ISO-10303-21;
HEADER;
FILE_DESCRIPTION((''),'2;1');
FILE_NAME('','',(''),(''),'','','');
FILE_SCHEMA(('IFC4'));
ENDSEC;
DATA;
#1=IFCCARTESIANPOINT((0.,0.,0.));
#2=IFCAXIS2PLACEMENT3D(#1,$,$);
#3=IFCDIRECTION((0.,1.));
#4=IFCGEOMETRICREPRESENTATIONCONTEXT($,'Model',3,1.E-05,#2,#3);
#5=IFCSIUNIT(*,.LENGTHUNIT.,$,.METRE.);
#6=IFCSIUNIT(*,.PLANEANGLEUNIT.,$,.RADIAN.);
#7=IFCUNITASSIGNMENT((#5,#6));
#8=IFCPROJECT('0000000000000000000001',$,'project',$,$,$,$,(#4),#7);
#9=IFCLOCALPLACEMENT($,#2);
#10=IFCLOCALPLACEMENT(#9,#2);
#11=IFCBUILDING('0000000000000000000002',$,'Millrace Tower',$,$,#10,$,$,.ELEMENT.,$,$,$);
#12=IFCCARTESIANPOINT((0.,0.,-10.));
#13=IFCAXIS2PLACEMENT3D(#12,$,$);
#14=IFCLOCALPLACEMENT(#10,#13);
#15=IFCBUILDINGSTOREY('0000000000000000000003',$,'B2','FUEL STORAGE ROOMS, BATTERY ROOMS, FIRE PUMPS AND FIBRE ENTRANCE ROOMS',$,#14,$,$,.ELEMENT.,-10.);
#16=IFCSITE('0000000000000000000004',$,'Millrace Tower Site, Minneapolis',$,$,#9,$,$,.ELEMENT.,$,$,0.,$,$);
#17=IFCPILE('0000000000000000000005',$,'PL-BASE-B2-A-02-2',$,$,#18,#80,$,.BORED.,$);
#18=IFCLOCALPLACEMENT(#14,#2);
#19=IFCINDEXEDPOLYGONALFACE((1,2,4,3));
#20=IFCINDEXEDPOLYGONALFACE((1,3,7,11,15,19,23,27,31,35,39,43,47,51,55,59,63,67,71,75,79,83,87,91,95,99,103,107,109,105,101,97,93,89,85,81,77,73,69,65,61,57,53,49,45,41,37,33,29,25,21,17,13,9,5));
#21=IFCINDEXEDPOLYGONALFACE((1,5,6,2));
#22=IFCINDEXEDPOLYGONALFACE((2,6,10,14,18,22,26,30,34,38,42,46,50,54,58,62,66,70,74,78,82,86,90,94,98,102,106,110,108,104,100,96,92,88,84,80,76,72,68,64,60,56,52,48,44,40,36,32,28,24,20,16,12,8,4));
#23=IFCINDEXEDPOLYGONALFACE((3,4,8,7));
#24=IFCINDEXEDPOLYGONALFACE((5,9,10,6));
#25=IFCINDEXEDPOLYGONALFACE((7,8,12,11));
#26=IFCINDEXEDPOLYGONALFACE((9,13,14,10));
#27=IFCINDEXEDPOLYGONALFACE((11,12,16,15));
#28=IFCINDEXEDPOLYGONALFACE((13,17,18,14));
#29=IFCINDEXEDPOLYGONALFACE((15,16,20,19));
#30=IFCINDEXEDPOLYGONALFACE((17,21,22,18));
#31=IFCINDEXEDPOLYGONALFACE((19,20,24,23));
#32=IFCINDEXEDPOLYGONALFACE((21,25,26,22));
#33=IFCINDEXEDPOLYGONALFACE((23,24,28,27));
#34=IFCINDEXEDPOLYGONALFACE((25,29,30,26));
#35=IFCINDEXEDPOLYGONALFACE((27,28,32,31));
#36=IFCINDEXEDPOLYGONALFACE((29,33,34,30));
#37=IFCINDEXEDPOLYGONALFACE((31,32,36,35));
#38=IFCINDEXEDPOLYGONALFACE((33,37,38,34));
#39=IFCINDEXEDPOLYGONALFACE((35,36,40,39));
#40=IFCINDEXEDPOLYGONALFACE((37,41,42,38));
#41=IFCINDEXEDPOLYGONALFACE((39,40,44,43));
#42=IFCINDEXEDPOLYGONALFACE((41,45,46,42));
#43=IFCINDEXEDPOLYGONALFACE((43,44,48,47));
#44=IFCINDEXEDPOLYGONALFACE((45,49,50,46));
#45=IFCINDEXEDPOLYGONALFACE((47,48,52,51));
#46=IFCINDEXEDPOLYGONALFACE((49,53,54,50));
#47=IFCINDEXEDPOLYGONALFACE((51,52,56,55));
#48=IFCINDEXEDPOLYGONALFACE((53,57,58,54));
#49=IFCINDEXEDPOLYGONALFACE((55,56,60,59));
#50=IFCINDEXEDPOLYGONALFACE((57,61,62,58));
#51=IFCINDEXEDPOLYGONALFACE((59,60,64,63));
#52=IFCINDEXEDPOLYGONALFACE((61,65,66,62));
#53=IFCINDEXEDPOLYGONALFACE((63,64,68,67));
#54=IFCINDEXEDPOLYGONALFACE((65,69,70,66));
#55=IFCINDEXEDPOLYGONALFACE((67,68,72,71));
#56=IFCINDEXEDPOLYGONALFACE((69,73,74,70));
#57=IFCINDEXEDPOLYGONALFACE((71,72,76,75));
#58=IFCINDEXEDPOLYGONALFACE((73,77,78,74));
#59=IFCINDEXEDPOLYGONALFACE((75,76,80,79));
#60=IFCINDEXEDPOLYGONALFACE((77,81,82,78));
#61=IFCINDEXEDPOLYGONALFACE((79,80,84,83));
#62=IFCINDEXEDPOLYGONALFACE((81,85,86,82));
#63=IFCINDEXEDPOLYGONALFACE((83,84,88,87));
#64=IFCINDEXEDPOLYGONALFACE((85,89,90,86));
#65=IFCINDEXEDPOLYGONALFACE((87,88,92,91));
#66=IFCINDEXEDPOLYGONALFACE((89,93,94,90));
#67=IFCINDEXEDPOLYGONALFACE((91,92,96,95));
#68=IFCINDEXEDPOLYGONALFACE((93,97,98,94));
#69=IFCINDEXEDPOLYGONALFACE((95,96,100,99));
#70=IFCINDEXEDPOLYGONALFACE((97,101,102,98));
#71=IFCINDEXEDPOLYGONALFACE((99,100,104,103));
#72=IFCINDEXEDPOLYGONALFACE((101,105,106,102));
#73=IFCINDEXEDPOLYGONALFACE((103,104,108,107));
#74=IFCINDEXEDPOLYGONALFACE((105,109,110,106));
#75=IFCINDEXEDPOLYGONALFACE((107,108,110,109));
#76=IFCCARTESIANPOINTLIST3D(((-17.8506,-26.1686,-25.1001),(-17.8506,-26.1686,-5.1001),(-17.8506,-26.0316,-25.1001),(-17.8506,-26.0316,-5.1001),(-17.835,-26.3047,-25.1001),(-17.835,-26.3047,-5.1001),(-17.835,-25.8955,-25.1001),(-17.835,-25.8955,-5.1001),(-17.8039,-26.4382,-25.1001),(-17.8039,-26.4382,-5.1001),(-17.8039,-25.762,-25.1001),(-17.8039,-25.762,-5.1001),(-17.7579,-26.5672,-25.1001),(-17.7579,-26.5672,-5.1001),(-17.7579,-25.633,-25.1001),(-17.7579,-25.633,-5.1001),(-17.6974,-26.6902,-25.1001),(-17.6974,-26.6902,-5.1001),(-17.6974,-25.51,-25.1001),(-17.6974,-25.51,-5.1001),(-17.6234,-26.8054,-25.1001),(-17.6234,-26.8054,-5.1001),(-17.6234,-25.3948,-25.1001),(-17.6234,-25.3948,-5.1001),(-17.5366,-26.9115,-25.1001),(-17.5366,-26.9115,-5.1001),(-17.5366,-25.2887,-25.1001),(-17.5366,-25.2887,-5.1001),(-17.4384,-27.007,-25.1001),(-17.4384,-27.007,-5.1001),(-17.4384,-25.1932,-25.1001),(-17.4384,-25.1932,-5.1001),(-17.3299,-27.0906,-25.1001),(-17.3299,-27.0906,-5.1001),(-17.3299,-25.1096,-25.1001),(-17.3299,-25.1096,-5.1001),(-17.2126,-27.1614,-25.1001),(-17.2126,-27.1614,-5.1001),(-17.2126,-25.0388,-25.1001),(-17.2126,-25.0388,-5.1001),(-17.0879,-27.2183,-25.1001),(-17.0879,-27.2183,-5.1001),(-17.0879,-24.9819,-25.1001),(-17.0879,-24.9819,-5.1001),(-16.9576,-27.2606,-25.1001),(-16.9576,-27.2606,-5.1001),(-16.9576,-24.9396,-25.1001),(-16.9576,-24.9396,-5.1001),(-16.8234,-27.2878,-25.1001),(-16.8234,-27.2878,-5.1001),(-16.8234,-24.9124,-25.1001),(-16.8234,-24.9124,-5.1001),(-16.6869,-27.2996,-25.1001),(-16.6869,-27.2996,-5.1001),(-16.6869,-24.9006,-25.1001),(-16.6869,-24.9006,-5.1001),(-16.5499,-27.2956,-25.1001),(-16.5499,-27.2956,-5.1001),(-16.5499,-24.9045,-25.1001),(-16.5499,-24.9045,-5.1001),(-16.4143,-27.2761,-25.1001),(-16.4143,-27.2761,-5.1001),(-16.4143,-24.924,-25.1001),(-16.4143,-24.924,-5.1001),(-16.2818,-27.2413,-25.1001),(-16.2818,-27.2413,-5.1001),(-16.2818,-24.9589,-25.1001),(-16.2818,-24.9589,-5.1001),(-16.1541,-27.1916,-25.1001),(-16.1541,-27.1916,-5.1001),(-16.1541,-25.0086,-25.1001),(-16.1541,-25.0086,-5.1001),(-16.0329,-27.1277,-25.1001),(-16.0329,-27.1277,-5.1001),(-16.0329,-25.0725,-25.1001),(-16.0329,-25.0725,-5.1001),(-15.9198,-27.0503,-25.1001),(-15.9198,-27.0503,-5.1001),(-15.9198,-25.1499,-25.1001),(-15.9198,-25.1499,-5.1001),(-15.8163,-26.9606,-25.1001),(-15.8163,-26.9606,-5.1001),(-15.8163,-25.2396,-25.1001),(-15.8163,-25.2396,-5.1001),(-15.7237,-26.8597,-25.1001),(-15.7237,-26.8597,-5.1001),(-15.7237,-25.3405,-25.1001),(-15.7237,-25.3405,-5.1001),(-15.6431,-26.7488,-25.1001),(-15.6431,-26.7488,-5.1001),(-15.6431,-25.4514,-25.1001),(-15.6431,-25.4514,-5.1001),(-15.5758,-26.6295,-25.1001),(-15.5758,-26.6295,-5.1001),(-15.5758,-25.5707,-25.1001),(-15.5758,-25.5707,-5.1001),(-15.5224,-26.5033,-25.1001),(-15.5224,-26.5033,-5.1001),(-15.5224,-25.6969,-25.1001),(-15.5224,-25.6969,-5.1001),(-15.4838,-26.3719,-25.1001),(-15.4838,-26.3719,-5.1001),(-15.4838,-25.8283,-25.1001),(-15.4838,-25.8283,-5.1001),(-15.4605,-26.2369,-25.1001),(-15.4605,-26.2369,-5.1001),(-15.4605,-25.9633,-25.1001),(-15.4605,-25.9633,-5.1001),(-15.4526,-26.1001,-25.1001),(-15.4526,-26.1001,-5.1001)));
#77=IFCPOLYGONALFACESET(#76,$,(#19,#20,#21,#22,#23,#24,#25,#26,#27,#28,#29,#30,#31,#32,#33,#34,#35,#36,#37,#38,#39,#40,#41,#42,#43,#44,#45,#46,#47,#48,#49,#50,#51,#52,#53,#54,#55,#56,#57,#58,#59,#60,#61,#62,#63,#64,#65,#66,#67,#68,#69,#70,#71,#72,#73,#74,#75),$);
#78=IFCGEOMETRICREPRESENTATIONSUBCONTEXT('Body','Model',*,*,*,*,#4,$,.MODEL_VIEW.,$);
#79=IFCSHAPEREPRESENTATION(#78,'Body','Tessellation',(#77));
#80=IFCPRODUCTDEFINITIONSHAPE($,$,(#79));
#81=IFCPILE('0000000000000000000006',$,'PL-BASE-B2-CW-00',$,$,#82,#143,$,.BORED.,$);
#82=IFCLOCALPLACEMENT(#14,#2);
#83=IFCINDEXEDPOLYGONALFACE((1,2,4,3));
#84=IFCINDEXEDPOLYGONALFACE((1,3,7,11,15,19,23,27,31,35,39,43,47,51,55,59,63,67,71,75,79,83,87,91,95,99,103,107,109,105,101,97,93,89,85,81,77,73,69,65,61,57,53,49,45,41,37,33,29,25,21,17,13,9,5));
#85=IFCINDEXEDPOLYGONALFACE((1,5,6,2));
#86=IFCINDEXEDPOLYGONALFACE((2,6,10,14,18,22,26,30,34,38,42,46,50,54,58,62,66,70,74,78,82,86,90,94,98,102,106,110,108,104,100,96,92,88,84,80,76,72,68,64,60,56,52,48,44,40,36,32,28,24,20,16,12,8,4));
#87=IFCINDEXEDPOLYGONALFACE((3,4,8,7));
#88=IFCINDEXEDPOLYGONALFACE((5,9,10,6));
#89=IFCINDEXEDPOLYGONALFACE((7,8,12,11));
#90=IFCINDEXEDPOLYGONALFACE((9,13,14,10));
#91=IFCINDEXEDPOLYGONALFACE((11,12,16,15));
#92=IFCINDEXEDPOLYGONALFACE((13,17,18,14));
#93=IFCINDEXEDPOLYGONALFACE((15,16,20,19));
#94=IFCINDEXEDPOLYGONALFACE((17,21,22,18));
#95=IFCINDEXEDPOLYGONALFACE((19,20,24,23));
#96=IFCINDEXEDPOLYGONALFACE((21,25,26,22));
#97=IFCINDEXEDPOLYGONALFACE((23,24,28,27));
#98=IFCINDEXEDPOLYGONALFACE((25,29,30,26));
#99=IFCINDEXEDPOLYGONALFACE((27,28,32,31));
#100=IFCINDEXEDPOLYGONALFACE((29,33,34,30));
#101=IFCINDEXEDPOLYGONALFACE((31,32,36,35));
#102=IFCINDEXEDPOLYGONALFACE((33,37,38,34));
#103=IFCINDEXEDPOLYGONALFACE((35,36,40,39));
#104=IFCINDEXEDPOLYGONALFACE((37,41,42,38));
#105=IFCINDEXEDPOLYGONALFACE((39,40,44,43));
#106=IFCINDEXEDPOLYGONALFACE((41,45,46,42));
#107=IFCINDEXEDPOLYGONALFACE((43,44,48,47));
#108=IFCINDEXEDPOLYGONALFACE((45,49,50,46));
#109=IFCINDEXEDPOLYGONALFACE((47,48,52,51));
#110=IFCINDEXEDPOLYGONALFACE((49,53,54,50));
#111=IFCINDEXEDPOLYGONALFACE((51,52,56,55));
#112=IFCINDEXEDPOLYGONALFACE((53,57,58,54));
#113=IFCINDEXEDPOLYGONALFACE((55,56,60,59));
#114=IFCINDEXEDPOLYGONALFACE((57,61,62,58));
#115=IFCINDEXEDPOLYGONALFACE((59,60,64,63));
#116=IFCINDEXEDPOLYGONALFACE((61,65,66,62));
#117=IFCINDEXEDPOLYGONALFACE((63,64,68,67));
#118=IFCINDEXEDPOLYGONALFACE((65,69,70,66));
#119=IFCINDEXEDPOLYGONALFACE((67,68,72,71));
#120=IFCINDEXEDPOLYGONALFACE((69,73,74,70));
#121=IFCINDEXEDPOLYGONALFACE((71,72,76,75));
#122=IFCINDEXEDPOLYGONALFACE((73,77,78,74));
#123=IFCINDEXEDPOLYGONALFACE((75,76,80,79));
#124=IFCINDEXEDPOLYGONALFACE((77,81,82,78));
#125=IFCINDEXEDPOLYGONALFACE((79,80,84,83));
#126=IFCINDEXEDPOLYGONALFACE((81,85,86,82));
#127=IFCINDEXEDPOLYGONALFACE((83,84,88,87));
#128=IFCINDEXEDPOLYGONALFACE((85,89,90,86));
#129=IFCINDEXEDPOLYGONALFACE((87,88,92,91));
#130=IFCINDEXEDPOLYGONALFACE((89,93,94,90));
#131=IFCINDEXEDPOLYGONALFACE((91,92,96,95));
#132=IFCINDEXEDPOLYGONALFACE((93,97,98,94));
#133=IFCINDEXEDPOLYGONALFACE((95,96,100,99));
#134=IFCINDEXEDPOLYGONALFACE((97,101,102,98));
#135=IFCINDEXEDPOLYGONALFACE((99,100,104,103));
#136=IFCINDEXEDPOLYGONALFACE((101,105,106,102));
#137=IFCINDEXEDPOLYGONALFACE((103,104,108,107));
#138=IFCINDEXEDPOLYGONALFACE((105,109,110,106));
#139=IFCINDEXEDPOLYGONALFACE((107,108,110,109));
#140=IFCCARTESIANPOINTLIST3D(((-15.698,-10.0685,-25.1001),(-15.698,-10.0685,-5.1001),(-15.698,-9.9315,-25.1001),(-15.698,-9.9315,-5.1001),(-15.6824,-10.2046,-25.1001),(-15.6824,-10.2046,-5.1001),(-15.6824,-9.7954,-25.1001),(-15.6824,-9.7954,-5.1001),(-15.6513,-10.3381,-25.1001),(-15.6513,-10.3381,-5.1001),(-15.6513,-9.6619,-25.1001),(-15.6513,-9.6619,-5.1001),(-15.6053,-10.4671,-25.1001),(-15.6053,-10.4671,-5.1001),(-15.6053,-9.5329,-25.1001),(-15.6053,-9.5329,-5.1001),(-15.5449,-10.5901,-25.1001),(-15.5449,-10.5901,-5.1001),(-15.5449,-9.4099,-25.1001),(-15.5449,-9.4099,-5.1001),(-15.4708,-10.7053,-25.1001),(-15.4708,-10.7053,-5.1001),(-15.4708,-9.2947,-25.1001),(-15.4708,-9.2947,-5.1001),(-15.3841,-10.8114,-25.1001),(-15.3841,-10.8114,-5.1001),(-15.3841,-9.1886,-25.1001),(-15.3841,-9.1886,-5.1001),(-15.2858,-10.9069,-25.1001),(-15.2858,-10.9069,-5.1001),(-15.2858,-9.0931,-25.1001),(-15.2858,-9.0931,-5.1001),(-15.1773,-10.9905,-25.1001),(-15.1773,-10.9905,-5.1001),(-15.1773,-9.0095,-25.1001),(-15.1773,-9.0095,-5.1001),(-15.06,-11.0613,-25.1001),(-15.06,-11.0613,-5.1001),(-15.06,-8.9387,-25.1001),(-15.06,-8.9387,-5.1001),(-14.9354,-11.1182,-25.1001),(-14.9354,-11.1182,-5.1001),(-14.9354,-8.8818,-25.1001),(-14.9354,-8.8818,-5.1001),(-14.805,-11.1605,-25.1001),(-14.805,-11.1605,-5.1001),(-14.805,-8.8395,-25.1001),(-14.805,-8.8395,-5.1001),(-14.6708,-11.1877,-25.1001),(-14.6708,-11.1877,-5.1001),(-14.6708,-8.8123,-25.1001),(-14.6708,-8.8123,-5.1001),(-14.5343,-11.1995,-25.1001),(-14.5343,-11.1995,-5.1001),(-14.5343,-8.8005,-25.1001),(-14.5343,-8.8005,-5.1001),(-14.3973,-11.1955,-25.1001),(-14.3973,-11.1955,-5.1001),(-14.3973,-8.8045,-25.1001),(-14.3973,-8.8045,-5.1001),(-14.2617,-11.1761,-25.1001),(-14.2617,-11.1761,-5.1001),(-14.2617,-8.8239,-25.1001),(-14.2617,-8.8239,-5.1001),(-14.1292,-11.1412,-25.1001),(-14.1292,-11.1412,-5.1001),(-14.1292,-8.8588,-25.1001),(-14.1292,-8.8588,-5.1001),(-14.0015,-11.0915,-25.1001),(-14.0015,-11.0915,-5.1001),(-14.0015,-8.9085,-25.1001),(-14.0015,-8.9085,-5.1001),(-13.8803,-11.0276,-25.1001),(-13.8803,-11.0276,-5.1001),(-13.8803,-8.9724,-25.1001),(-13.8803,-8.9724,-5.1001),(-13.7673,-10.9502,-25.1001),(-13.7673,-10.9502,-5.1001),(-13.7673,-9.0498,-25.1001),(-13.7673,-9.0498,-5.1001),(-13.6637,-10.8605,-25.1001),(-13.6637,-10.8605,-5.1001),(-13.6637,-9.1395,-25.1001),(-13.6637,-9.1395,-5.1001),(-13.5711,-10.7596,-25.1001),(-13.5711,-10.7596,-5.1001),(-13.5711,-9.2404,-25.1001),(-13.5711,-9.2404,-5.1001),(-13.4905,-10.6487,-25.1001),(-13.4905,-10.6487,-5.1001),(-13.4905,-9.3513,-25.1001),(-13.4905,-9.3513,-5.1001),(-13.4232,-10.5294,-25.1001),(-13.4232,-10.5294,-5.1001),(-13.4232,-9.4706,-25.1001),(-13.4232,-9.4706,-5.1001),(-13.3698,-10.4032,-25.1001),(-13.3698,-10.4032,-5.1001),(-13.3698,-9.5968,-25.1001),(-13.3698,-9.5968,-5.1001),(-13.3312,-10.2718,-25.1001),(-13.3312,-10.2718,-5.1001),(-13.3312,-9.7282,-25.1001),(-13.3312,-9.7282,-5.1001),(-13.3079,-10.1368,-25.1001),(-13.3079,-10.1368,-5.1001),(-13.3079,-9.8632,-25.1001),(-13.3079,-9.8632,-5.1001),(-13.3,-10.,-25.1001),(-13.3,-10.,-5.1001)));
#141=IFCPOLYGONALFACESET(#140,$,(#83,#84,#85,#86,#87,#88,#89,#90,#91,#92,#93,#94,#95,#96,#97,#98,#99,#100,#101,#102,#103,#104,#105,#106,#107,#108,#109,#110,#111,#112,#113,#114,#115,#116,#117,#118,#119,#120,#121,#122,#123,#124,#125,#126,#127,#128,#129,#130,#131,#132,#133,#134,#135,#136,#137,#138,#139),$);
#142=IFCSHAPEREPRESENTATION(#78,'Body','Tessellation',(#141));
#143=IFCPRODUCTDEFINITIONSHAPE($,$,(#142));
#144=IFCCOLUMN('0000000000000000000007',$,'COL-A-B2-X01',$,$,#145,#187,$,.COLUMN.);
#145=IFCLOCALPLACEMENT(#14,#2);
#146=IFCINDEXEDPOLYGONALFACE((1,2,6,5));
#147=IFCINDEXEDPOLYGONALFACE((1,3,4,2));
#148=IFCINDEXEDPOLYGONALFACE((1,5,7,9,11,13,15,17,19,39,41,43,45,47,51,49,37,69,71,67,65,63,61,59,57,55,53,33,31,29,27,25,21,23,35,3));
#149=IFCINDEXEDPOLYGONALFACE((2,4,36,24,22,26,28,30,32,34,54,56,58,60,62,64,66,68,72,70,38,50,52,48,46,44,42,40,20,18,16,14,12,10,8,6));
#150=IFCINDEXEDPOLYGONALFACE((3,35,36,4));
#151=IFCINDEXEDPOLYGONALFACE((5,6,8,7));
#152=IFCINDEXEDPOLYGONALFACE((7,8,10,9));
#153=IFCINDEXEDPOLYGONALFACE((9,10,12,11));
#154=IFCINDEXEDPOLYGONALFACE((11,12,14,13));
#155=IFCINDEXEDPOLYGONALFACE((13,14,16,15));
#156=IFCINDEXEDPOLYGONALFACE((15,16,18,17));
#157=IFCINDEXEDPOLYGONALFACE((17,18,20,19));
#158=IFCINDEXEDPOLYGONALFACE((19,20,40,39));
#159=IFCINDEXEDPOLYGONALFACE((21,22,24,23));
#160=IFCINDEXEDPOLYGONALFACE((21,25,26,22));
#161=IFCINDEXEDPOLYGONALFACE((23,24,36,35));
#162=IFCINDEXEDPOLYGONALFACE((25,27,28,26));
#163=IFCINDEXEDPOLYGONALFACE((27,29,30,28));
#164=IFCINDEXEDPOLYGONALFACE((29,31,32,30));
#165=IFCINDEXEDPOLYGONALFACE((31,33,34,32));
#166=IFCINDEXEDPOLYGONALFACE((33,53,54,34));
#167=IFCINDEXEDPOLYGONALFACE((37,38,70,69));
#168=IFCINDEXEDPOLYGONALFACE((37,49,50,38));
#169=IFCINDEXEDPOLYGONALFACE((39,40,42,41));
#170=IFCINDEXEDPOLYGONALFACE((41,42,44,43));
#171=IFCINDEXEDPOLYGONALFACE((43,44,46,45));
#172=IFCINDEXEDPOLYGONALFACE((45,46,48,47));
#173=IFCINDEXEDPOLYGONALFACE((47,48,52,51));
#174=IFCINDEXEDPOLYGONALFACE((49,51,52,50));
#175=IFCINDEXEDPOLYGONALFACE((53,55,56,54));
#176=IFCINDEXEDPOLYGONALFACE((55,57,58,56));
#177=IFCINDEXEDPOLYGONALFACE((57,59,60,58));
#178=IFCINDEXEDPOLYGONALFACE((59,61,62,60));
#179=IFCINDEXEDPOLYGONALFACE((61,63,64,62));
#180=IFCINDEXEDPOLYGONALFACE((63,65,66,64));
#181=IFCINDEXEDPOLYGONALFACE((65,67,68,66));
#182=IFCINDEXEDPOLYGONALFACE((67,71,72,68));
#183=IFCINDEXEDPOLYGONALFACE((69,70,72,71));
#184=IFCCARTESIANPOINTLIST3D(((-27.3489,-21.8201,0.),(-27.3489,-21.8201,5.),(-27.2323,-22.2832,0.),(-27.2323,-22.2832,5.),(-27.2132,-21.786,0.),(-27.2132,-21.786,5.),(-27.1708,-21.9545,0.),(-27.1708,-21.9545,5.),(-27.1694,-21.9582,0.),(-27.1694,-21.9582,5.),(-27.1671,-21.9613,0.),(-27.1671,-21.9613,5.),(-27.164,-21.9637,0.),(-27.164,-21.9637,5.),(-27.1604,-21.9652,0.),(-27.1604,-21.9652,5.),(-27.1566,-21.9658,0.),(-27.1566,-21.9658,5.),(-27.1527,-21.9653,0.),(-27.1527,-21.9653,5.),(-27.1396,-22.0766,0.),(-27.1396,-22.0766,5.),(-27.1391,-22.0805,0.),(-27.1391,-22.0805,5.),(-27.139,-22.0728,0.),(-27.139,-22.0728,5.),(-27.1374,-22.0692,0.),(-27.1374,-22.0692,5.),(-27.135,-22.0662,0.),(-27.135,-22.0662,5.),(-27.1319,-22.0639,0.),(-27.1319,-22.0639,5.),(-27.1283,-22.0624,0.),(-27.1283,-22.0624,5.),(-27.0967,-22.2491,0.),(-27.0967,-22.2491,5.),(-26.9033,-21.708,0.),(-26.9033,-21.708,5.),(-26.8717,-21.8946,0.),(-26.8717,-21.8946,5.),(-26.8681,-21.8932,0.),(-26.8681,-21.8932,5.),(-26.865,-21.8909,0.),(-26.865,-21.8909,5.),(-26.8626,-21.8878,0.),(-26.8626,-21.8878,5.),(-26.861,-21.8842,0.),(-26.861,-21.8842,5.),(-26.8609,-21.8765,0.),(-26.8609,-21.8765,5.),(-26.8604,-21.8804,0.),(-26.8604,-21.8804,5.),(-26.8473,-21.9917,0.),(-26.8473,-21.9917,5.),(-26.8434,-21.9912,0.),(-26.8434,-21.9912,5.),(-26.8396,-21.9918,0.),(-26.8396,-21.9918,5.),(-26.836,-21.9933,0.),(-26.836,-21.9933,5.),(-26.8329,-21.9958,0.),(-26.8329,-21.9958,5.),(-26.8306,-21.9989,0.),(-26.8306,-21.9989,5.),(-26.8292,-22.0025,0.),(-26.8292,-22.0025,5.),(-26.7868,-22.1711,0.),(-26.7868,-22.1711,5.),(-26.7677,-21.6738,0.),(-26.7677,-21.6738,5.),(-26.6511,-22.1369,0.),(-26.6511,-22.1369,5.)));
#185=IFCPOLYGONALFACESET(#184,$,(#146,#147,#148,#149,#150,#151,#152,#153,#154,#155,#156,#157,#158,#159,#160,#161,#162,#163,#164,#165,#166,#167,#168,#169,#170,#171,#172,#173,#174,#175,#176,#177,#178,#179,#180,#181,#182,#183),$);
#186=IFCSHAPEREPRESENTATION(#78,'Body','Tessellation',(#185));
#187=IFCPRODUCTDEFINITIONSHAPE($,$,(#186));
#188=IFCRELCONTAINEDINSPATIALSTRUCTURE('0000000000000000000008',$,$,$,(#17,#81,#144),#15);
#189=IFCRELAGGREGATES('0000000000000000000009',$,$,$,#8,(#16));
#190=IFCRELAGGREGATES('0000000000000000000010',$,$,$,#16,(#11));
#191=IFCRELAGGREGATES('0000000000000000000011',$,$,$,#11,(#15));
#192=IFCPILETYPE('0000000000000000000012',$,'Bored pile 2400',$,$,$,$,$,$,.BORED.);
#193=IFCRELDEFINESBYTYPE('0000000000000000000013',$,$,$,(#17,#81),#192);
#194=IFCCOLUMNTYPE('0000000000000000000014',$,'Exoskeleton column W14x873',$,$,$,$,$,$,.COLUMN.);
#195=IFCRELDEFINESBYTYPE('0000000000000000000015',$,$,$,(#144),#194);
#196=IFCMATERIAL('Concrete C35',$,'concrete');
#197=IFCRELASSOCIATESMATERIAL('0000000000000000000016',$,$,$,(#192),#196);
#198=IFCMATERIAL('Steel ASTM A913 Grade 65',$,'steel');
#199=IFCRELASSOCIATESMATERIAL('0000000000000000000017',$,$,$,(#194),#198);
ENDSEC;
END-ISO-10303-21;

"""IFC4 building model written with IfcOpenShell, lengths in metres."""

from ifc_helpers import new_model, si_unit, direction, frame, origin, origin_2d, place, context, subcontext, project, spatial, circle, i_section, extrude, material, material_profile, profile_set, type_object, element, save


model = new_model("IFC4")

# Units and contexts
model_context = context("Model", 3, precision=1e-05, world=origin(), true_north=direction((0.0, 1.0)))
body_context = subcontext(model_context, "Body", "Model", "MODEL_VIEW")
ifc_project = project(units=[si_unit("LENGTHUNIT", "METRE"), si_unit("PLANEANGLEUNIT", "RADIAN")], contexts=[model_context])

# Site, building, storey
site_placement = place(None, origin())
site = spatial("IfcSite", under=ifc_project, at=site_placement, Name="Millrace Tower Site, Minneapolis", CompositionType="ELEMENT", RefElevation=0.0)
building_placement = place(site_placement, origin())
building = spatial("IfcBuilding", under=site, at=building_placement, Name="Millrace Tower", CompositionType="ELEMENT")
storey_placement = place(building_placement, frame((0.0, 0.0, -10.0)))
storey = spatial("IfcBuildingStorey", under=building, at=storey_placement, Name="B2", Description="FUEL STORAGE ROOMS, BATTERY ROOMS, FIRE PUMPS AND FIBRE ENTRANCE ROOMS", CompositionType="ELEMENT", Elevation=-10.0)

# Piles
ifc_material_1 = material(Name="Concrete C35", Category="concrete")
ifc_material_profile_1 = material_profile(ifc_material_1, circle(Radius=1.2, at=origin_2d()))
ifc_profile_set_1 = profile_set([ifc_material_profile_1], Name="Concrete C35")
pile_type = type_object("IfcPileType", Name="Bored pile 2400", PredefinedType="BORED", material=ifc_profile_set_1)
for number, where, z_axis, x_axis, name in (
    (1, (-16.6526, -26.1001, -5.1001), (0.0, 0.0, -1.0), (1.0, 0.0, 0.0), "PL-BASE-B2-A-02-2"),
    (2, (-14.5, -10.0, -5.1001), (0.0, 0.0, -1.0), (1.0, 0.0, 0.0), "PL-BASE-B2-CW-00"),
):
    element("IfcPile", number, at=place(storey_placement, frame(where, z_axis=z_axis, x_axis=x_axis)), inside=storey, type_object=pile_type, Name=name, PredefinedType="BORED", context=body_context, shape_type="SweptSolid", body=[
        extrude(circle(Radius=1.2, at=origin_2d()), origin(), (0.0, 0.0, 1.0), 20.0),
    ])

# Column
ifc_material_2 = material(Name="Steel ASTM A913 Grade 65", Category="steel")
ifc_material_profile_2 = material_profile(ifc_material_2, i_section(OverallWidth=0.4775, OverallDepth=0.5994, WebThickness=0.1001, FlangeThickness=0.1399, FilletRadius=0.0149, at=origin_2d()))
ifc_profile_set_2 = profile_set([ifc_material_profile_2], Name="Steel ASTM A913 Grade 65")
column_type = type_object("IfcColumnType", Name="Exoskeleton column W14x873", PredefinedType="COLUMN", material=ifc_profile_set_2)
for number, where, z_axis, x_axis, name in (
    (3, (-27.0, -21.9785, 0.0), (0.0, 0.0, 1.0), (0.244094, -0.969752, 0.0), "COL-A-B2-X01"),
):
    element("IfcColumn", number, at=place(storey_placement, frame(where, z_axis=z_axis, x_axis=x_axis)), inside=storey, type_object=column_type, Name=name, PredefinedType="COLUMN", context=body_context, shape_type="SweptSolid", body=[
        extrude(i_section(OverallWidth=0.4775, OverallDepth=0.5994, WebThickness=0.1001, FlangeThickness=0.1399, FilletRadius=0.0149, at=origin_2d()), origin(), (0.0, 0.0, 1.0), 5.0),
    ])

save(model, "model.ifc")
